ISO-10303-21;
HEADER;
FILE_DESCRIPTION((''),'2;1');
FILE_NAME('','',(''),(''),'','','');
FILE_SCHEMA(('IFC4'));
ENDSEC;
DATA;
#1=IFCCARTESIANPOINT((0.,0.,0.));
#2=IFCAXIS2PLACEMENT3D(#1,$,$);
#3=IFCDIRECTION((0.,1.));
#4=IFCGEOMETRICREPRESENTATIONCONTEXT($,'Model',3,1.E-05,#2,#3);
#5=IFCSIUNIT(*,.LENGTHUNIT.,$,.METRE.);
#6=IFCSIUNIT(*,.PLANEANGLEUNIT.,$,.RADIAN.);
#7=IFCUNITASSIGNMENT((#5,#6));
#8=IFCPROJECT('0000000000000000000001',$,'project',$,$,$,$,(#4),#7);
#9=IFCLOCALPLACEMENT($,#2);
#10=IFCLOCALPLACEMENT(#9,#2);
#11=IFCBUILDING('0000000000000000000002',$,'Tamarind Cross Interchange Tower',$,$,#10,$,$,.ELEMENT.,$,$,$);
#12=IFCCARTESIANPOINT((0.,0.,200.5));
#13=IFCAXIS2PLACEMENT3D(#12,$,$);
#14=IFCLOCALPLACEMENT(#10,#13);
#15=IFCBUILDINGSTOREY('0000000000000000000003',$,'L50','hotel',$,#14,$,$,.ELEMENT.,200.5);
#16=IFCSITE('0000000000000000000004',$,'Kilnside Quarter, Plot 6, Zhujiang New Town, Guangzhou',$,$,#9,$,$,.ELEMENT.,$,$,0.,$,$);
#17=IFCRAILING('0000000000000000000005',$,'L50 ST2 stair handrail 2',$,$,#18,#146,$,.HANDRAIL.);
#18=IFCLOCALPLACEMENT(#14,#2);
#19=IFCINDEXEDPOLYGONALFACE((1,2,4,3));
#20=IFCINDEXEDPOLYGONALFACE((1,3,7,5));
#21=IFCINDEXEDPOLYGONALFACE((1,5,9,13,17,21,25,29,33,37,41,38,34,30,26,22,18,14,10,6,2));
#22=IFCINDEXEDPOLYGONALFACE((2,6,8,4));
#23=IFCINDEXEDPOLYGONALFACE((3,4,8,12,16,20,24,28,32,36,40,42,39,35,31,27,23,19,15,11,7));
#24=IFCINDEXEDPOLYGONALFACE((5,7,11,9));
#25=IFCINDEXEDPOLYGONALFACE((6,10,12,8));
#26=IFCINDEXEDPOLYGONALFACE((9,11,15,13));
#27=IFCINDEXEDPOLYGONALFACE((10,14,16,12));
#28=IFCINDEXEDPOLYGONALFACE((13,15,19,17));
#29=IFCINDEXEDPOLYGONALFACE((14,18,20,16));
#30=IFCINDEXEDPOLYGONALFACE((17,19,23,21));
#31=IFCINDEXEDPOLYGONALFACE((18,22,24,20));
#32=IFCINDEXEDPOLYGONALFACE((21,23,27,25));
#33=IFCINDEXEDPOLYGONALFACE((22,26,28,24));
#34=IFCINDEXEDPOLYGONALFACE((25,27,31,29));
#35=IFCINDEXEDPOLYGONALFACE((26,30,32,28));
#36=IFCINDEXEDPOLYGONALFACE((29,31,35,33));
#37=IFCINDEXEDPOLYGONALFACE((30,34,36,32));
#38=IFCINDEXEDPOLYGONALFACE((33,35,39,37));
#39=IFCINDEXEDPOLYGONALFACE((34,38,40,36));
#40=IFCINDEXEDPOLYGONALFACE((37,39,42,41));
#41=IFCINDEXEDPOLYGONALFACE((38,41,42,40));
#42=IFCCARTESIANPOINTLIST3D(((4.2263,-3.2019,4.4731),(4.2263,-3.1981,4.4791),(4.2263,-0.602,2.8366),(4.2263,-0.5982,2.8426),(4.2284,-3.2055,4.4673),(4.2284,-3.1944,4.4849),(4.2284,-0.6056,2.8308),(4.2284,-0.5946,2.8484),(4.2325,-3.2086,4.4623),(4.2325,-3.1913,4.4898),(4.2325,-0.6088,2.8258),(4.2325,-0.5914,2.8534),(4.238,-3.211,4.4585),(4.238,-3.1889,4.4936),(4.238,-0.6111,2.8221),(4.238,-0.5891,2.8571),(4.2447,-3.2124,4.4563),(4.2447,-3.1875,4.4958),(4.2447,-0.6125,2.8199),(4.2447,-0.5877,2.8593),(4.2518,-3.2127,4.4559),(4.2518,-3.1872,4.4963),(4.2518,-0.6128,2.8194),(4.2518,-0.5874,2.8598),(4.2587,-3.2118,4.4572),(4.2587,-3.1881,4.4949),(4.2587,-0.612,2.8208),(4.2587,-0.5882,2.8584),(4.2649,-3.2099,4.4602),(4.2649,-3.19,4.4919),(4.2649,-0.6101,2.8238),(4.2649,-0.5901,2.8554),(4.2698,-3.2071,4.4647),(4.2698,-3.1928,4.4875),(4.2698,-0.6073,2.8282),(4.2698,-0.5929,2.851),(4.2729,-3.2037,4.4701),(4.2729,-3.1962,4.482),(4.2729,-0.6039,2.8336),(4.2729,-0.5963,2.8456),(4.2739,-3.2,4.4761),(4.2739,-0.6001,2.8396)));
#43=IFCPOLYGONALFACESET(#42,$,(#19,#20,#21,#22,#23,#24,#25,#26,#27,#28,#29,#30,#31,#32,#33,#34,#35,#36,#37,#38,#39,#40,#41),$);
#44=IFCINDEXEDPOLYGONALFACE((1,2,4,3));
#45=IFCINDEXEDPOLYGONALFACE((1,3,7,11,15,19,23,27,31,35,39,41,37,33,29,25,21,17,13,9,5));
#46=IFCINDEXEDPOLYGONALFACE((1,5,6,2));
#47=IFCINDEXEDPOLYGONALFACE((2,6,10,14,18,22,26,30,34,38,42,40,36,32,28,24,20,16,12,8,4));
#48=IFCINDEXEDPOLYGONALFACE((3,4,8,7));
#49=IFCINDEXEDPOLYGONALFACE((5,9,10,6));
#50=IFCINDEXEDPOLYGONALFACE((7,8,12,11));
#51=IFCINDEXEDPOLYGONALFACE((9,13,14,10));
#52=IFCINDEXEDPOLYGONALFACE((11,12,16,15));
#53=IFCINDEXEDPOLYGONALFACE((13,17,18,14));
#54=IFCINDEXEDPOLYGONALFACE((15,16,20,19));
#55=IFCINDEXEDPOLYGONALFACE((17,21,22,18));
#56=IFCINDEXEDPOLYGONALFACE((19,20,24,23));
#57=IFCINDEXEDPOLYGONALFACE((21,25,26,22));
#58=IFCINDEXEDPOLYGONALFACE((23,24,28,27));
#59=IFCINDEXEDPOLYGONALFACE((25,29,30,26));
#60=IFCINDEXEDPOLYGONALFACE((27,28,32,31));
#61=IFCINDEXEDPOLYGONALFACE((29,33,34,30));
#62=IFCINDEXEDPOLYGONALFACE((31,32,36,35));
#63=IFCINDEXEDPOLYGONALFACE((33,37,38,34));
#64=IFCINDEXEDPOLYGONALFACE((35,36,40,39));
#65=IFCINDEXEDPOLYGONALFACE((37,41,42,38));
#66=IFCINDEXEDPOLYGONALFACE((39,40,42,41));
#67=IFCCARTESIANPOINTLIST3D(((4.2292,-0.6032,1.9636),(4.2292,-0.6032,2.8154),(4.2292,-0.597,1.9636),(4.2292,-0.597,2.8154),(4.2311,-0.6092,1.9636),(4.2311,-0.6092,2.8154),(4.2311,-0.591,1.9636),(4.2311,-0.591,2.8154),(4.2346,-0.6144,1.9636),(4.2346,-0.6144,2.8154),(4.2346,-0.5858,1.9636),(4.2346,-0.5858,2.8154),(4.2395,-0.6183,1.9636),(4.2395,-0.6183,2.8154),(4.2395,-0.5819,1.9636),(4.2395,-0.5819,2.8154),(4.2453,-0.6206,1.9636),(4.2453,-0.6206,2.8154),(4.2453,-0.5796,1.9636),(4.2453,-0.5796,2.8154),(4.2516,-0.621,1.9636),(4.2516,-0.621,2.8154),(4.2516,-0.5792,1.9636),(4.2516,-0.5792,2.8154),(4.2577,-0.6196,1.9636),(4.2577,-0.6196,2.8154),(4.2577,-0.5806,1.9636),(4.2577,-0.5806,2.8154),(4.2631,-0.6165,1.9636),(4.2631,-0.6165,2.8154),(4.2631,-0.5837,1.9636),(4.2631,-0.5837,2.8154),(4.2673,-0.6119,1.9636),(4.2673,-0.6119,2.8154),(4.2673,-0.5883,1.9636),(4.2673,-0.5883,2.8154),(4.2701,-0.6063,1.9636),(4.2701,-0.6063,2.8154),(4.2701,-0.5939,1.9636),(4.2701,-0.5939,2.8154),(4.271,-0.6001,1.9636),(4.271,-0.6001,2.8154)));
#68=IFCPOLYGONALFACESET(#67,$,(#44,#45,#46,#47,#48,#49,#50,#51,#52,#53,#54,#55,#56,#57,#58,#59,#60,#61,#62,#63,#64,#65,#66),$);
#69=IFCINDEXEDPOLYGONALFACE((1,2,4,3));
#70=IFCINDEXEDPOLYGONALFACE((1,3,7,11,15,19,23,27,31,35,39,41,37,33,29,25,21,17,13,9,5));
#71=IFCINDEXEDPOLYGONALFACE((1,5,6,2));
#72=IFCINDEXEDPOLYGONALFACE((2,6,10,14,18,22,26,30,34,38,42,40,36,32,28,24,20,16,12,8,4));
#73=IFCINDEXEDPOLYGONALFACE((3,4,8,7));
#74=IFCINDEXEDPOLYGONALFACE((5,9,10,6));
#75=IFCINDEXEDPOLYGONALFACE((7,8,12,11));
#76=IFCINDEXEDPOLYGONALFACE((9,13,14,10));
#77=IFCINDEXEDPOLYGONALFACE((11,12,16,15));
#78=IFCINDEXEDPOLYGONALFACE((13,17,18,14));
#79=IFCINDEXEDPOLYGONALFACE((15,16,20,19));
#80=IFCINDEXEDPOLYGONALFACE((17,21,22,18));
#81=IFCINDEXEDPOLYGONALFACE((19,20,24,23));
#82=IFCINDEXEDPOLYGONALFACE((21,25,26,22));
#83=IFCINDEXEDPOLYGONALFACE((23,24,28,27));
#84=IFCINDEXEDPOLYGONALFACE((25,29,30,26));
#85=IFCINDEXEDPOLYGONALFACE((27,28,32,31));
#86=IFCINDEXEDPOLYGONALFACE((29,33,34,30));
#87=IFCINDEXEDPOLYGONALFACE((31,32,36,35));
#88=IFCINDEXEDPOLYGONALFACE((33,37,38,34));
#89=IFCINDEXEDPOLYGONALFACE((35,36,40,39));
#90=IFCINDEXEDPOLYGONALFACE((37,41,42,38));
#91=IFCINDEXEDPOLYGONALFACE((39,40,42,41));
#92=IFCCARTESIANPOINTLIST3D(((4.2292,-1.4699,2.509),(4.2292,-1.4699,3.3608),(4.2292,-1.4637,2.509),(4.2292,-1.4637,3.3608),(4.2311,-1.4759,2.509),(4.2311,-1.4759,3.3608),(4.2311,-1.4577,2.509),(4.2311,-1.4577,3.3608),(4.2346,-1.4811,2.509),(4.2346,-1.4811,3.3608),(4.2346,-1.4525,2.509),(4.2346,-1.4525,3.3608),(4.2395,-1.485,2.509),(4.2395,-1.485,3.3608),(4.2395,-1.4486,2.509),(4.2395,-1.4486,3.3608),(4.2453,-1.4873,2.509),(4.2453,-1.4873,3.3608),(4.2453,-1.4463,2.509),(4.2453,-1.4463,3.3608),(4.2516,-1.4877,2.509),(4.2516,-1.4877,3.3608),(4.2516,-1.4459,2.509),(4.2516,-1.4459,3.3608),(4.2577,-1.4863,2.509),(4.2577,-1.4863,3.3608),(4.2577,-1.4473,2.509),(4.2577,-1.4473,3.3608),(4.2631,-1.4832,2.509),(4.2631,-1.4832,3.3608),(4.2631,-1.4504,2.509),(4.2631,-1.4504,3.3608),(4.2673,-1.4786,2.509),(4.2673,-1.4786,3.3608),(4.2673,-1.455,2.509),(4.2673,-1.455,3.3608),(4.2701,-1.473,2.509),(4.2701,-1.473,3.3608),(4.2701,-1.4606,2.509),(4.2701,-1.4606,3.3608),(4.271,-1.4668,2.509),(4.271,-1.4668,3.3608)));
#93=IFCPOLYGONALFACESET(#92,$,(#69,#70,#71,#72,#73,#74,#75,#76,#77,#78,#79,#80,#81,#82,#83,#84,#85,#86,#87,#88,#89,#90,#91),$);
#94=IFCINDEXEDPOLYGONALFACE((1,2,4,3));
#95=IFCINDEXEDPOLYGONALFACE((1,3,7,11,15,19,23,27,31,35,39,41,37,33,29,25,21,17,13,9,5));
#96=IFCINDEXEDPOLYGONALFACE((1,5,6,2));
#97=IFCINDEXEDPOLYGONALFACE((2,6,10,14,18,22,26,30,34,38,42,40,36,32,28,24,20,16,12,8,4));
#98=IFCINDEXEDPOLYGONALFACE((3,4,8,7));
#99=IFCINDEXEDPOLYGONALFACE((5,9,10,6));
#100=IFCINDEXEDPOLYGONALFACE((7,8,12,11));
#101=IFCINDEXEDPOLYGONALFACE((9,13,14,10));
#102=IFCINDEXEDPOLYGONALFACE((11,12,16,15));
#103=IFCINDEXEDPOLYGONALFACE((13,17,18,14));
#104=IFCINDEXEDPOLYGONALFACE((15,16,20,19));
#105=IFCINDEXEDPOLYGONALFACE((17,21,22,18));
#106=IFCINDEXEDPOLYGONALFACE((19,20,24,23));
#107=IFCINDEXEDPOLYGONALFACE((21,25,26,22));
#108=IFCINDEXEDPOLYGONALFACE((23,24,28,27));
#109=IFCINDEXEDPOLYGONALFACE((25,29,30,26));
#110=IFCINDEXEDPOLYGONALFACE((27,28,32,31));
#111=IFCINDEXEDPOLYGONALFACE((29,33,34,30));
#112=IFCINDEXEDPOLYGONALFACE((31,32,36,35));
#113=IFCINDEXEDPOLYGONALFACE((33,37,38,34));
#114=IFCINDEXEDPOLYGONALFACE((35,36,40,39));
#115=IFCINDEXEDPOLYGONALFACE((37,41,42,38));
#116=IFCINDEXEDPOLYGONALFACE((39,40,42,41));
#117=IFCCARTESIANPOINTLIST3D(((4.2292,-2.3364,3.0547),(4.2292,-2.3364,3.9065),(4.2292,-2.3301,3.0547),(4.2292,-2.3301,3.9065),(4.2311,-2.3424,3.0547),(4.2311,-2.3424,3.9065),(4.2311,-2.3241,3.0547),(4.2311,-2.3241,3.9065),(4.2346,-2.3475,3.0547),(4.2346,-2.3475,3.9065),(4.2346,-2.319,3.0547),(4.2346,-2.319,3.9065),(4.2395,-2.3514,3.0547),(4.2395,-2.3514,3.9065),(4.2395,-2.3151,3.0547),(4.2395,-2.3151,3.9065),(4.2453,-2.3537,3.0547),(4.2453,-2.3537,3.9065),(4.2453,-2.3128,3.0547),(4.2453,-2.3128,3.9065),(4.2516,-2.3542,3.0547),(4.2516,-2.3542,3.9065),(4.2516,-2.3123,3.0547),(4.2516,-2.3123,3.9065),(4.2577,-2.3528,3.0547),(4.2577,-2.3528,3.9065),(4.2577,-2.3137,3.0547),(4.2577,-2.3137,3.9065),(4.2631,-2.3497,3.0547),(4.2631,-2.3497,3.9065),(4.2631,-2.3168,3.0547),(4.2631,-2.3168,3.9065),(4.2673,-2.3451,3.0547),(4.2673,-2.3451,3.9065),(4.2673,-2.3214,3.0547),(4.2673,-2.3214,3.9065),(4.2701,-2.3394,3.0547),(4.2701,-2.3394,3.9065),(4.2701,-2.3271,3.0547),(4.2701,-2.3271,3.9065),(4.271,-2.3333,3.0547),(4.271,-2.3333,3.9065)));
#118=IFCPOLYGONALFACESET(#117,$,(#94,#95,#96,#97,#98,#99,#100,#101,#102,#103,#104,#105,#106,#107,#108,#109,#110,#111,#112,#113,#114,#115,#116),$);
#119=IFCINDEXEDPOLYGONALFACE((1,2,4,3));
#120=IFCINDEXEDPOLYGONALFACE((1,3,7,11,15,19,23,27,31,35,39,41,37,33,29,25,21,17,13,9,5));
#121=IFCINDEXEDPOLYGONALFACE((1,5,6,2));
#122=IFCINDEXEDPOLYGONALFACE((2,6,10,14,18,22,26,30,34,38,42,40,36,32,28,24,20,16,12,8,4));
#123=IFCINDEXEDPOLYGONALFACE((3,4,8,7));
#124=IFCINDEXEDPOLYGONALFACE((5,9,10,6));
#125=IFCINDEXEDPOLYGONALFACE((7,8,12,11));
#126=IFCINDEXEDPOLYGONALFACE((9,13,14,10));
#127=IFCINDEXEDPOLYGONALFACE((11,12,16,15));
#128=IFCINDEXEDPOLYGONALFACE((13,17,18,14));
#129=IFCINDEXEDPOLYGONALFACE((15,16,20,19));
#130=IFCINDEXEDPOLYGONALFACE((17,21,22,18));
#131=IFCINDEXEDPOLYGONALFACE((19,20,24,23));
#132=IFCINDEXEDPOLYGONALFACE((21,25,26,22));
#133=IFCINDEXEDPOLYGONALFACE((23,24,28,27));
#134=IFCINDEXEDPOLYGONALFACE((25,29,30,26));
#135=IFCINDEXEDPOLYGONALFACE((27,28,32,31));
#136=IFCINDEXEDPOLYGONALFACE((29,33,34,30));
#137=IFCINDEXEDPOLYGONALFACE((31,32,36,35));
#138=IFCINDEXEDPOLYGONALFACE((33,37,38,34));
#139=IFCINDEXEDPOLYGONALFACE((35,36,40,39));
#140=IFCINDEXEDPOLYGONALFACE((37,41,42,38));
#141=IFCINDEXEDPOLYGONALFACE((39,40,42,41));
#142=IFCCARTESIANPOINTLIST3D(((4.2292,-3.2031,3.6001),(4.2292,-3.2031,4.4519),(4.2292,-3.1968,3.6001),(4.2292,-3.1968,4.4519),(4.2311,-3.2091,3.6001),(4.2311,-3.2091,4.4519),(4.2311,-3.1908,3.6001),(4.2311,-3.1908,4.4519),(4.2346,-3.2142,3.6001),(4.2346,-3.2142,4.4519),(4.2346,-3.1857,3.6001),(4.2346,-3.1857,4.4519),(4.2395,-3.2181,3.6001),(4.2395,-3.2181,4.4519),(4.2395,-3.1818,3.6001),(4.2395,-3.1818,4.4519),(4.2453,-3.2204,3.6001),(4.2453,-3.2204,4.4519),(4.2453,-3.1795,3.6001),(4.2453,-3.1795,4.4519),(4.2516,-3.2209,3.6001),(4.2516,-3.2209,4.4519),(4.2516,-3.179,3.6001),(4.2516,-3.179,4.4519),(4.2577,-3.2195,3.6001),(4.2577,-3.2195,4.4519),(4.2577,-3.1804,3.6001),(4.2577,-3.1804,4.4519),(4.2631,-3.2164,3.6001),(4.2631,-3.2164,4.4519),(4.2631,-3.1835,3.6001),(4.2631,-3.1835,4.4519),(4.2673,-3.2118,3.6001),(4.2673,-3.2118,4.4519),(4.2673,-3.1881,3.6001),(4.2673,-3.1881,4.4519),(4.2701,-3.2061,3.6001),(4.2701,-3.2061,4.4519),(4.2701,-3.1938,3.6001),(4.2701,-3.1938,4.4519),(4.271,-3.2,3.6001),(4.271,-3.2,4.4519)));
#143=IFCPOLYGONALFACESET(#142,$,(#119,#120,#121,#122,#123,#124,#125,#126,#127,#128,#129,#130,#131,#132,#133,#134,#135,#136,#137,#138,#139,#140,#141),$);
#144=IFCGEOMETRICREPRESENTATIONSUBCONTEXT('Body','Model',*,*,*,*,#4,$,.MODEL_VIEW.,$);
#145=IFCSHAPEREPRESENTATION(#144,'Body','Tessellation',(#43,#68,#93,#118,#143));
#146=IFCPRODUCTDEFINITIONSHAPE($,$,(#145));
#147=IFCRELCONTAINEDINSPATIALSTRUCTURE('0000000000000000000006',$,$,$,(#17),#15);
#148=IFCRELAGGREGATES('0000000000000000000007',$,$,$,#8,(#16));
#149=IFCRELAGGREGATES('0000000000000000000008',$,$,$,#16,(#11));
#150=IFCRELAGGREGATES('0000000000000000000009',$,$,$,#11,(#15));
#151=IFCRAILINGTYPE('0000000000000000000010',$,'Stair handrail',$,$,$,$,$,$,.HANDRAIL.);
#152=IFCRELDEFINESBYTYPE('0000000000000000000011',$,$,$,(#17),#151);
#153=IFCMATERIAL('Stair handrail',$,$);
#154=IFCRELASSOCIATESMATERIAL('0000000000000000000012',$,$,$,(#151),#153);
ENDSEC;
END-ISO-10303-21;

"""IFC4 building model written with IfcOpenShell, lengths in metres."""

from ifc_helpers import new_model, si_unit, direction, frame, origin, origin_2d, place, context, subcontext, project, spatial, circle, extrude, material, type_object, element, save


model = new_model("IFC4")

# Units and contexts
model_context = context("Model", 3, precision=1e-05, world=origin(), true_north=direction((0.0, 1.0)))
body_context = subcontext(model_context, "Body", "Model", "MODEL_VIEW")
ifc_project = project(units=[si_unit("LENGTHUNIT", "METRE"), si_unit("PLANEANGLEUNIT", "RADIAN")], contexts=[model_context])

# Site, building, storey
site_placement = place(None, origin())
site = spatial("IfcSite", under=ifc_project, at=site_placement, Name="Kilnside Quarter, Plot 6, Zhujiang New Town, Guangzhou", CompositionType="ELEMENT", RefElevation=0.0)
building_placement = place(site_placement, origin())
building = spatial("IfcBuilding", under=site, at=building_placement, Name="Tamarind Cross Interchange Tower", CompositionType="ELEMENT")
storey_placement = place(building_placement, frame((0.0, 0.0, 200.5)))
storey = spatial("IfcBuildingStorey", under=building, at=storey_placement, Name="L50", Description="hotel", CompositionType="ELEMENT", Elevation=200.5)

# Railing
ifc_material_1 = material(Name="Stair handrail")
railing_type_1 = type_object("IfcRailingType", Name="Stair handrail", PredefinedType="HANDRAIL", material=ifc_material_1)
railing_1_placement = place(storey_placement, frame((4.25, -0.6001, 1.9636)))
element("IfcRailing", 1, at=railing_1_placement, inside=storey, type_object=railing_type_1, Name="L50 ST2 stair handrail 2", PredefinedType="HANDRAIL", context=body_context, shape_type="SweptSolid", body=[
    extrude(circle(Radius=0.0239, at=origin_2d()), frame((0.0, 0.0, 0.876), z_axis=(0.0, -0.846302, 0.532704), x_axis=(1.0, 0.0, 0.0)), (0.0, 0.0, 1.0), 3.072),
    extrude(circle(Radius=0.021, at=origin_2d()), origin(), (0.0, 0.0, 1.0), 0.8518),
    extrude(circle(Radius=0.021, at=origin_2d()), frame((0.0, -0.8667, 0.5454)), (0.0, 0.0, 1.0), 0.8518),
    extrude(circle(Radius=0.021, at=origin_2d()), frame((0.0, -1.7332, 1.0911)), (0.0, 0.0, 1.0), 0.8518),
    extrude(circle(Radius=0.021, at=origin_2d()), frame((0.0, -2.5999, 1.6365)), (0.0, 0.0, 1.0), 0.8518),
])

save(model, "model.ifc")
